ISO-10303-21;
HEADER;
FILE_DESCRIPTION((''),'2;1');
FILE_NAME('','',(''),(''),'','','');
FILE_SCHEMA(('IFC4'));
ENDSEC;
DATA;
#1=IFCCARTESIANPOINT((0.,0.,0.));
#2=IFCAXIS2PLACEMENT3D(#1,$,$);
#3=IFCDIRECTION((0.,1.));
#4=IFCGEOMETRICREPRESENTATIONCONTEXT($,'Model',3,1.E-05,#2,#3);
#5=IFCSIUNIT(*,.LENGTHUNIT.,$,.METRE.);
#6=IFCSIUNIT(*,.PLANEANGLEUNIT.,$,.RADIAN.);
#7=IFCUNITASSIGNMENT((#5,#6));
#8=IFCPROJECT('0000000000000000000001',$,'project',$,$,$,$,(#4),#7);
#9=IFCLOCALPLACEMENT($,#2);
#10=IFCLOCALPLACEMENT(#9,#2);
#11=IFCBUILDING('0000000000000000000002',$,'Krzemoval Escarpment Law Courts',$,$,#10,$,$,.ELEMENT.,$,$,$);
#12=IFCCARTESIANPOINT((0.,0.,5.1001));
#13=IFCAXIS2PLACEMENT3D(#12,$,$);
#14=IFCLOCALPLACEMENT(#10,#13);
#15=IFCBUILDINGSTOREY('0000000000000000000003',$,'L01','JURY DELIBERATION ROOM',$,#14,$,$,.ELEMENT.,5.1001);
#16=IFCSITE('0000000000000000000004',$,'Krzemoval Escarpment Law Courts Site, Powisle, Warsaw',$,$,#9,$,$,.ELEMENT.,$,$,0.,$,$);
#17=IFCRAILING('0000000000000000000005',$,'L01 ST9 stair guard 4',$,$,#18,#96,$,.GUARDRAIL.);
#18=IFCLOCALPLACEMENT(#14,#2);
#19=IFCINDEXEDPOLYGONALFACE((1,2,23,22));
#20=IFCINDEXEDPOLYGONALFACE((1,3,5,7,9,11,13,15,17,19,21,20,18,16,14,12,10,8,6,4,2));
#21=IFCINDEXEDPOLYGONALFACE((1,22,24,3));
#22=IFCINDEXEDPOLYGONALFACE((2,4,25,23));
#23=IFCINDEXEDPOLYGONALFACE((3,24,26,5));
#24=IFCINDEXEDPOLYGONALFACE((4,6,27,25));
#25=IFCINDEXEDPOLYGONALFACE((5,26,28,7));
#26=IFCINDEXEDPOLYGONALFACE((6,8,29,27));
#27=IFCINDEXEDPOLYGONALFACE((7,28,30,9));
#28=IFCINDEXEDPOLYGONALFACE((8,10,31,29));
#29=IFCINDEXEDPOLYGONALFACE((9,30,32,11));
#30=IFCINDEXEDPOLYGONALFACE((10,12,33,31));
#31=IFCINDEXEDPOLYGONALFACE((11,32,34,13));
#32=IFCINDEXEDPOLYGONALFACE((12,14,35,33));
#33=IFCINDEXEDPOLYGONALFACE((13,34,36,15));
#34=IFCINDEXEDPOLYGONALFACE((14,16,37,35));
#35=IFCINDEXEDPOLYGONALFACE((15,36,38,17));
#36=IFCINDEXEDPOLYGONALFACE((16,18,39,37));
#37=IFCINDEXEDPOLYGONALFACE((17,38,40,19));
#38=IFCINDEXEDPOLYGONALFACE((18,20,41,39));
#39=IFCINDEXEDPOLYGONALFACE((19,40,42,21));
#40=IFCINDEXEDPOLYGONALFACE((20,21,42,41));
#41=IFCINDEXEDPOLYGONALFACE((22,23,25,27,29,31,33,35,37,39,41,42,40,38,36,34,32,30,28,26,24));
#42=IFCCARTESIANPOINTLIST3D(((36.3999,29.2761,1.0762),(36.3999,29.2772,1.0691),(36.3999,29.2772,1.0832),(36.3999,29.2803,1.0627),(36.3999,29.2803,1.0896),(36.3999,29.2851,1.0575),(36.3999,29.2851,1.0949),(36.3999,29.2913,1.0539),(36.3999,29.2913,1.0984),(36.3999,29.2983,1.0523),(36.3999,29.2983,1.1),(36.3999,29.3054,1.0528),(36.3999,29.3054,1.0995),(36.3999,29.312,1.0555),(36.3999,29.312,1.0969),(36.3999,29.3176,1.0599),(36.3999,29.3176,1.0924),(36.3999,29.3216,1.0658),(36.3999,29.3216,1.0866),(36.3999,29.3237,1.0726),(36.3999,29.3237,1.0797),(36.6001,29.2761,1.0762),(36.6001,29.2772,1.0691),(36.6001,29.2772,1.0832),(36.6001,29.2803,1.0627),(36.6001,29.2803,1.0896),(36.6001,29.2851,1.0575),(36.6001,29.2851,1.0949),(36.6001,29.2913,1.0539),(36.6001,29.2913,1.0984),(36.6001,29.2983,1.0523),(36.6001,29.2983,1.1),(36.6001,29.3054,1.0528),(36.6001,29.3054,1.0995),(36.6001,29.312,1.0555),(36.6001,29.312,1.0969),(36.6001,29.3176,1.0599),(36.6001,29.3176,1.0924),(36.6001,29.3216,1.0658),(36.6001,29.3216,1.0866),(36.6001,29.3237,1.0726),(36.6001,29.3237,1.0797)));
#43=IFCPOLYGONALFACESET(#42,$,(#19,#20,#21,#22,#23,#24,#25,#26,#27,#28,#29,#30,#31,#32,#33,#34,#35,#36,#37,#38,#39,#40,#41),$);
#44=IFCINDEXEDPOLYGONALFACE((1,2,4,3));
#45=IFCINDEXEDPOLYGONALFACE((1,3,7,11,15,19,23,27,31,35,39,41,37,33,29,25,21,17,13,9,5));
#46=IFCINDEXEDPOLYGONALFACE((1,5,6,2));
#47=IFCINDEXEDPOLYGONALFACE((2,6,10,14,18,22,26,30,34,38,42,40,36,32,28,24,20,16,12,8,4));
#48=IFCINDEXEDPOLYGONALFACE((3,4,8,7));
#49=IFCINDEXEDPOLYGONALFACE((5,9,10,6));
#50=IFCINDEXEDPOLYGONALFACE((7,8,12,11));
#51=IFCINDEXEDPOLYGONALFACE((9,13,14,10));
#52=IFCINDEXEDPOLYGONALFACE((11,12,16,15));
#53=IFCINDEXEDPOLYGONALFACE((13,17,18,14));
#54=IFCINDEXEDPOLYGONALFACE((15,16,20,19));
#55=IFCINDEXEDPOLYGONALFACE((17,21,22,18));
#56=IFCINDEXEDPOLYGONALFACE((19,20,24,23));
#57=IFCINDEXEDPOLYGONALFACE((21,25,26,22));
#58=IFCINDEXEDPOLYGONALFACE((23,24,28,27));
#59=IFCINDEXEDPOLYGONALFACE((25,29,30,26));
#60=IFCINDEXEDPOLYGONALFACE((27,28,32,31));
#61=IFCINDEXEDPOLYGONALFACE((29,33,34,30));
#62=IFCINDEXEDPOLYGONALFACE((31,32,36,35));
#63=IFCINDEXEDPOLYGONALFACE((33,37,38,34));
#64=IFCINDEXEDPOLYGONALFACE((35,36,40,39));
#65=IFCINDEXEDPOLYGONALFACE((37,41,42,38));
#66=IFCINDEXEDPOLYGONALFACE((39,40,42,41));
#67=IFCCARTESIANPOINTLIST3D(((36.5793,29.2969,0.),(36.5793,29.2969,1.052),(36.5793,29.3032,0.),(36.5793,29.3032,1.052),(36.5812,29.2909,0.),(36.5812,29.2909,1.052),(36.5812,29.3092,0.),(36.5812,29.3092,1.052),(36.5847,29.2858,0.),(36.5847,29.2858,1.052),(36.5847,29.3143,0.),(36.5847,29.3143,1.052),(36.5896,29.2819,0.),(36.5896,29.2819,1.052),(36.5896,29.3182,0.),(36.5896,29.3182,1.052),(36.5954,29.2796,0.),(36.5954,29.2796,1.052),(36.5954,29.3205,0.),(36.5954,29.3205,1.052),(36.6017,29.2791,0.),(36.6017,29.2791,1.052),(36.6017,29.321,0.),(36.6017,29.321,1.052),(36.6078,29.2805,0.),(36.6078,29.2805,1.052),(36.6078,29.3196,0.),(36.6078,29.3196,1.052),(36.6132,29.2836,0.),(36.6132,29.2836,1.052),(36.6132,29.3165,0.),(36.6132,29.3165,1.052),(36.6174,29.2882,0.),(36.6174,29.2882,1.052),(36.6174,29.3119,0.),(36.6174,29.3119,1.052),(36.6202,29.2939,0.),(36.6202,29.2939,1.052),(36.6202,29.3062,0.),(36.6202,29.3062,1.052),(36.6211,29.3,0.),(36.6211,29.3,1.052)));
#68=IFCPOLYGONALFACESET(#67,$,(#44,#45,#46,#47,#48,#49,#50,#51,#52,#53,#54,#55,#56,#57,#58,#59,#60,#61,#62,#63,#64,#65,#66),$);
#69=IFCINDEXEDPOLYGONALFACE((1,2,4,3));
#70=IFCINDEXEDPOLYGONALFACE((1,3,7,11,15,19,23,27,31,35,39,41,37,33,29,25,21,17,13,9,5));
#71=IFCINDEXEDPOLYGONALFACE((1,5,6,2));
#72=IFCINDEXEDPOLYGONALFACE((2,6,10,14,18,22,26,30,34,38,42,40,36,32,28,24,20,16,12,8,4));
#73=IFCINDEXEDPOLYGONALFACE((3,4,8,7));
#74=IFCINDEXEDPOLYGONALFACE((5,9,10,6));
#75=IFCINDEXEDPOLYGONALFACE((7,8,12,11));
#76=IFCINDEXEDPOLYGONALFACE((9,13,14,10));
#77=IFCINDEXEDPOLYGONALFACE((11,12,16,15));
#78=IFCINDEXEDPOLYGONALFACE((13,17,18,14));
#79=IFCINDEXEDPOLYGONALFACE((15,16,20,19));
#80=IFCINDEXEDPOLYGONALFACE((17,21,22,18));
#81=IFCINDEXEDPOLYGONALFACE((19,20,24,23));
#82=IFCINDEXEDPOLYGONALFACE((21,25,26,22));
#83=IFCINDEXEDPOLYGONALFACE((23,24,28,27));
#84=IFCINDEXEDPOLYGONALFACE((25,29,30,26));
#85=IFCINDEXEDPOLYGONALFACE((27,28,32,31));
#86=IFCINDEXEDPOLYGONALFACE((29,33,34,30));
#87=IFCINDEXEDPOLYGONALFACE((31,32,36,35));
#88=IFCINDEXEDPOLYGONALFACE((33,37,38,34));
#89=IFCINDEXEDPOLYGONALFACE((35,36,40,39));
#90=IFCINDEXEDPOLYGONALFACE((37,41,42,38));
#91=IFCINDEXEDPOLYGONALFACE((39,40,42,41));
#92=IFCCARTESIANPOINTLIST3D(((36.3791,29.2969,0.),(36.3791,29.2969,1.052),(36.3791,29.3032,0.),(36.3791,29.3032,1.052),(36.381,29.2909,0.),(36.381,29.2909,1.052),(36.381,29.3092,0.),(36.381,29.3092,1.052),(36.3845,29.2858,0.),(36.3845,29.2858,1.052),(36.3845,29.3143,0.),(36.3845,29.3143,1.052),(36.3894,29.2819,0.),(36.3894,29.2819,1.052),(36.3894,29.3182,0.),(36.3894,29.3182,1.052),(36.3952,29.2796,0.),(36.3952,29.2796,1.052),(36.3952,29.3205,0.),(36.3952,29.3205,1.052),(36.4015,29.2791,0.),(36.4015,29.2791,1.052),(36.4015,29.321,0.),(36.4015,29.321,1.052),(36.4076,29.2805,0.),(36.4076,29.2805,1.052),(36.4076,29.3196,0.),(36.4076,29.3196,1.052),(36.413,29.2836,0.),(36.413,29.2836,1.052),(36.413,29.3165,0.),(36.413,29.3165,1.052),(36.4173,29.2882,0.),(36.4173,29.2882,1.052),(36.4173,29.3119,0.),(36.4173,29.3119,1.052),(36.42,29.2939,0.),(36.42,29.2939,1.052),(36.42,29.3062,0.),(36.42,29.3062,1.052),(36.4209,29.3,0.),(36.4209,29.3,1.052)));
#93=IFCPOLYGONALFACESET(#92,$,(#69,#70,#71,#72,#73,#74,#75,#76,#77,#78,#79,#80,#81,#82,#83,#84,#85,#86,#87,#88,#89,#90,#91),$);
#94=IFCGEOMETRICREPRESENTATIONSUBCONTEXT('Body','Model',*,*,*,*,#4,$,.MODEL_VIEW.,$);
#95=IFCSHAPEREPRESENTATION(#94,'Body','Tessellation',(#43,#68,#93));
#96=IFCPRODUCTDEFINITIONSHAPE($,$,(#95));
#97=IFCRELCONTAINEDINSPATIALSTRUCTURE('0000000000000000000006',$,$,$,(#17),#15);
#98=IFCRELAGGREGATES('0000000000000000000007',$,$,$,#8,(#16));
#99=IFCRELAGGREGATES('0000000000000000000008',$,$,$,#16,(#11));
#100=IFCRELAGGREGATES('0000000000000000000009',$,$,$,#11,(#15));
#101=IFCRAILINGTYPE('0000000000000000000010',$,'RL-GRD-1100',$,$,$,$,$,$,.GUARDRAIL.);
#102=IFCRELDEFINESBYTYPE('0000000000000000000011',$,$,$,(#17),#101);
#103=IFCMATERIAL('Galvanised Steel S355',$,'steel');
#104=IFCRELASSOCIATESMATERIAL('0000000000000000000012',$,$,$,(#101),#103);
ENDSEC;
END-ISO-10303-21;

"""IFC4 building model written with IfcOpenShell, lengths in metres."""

from ifc_helpers import new_model, si_unit, direction, frame, origin, origin_2d, place, context, subcontext, project, spatial, circle, extrude, material, type_object, element, save


model = new_model("IFC4")

# Units and contexts
model_context = context("Model", 3, precision=1e-05, world=origin(), true_north=direction((0.0, 1.0)))
body_context = subcontext(model_context, "Body", "Model", "MODEL_VIEW")
ifc_project = project(units=[si_unit("LENGTHUNIT", "METRE"), si_unit("PLANEANGLEUNIT", "RADIAN")], contexts=[model_context])

# Site, building, storey
site_placement = place(None, origin())
site = spatial("IfcSite", under=ifc_project, at=site_placement, Name="Krzemoval Escarpment Law Courts Site, Powisle, Warsaw", CompositionType="ELEMENT", RefElevation=0.0)
building_placement = place(site_placement, origin())
building = spatial("IfcBuilding", under=site, at=building_placement, Name="Krzemoval Escarpment Law Courts", CompositionType="ELEMENT")
storey_placement = place(building_placement, frame((0.0, 0.0, 5.1001)))
storey = spatial("IfcBuildingStorey", under=building, at=storey_placement, Name="L01", Description="JURY DELIBERATION ROOM", CompositionType="ELEMENT", Elevation=5.1001)

# Railing
ifc_material_1 = material(Name="Galvanised Steel S355", Category="steel")
railing_type_1 = type_object("IfcRailingType", Name="RL-GRD-1100", PredefinedType="GUARDRAIL", material=ifc_material_1)
railing_1_placement = place(storey_placement, frame((36.6001, 29.3, 0.0)))
element("IfcRailing", 1, at=railing_1_placement, inside=storey, type_object=railing_type_1, Name="L01 ST9 stair guard 4", PredefinedType="GUARDRAIL", context=body_context, shape_type="SweptSolid", body=[
    extrude(circle(Radius=0.0239, at=origin_2d()), frame((0.0, 0.0, 1.0762), z_axis=(-1.0, 0.0, 0.0), x_axis=(0.0, -1.0, 0.0)), (0.0, 0.0, 1.0), 0.2002),
    extrude(circle(Radius=0.021, at=origin_2d()), origin(), (0.0, 0.0, 1.0), 1.052),
    extrude(circle(Radius=0.021, at=origin_2d()), frame((-0.2002, 0.0, 0.0)), (0.0, 0.0, 1.0), 1.052),
])

save(model, "model.ifc")
